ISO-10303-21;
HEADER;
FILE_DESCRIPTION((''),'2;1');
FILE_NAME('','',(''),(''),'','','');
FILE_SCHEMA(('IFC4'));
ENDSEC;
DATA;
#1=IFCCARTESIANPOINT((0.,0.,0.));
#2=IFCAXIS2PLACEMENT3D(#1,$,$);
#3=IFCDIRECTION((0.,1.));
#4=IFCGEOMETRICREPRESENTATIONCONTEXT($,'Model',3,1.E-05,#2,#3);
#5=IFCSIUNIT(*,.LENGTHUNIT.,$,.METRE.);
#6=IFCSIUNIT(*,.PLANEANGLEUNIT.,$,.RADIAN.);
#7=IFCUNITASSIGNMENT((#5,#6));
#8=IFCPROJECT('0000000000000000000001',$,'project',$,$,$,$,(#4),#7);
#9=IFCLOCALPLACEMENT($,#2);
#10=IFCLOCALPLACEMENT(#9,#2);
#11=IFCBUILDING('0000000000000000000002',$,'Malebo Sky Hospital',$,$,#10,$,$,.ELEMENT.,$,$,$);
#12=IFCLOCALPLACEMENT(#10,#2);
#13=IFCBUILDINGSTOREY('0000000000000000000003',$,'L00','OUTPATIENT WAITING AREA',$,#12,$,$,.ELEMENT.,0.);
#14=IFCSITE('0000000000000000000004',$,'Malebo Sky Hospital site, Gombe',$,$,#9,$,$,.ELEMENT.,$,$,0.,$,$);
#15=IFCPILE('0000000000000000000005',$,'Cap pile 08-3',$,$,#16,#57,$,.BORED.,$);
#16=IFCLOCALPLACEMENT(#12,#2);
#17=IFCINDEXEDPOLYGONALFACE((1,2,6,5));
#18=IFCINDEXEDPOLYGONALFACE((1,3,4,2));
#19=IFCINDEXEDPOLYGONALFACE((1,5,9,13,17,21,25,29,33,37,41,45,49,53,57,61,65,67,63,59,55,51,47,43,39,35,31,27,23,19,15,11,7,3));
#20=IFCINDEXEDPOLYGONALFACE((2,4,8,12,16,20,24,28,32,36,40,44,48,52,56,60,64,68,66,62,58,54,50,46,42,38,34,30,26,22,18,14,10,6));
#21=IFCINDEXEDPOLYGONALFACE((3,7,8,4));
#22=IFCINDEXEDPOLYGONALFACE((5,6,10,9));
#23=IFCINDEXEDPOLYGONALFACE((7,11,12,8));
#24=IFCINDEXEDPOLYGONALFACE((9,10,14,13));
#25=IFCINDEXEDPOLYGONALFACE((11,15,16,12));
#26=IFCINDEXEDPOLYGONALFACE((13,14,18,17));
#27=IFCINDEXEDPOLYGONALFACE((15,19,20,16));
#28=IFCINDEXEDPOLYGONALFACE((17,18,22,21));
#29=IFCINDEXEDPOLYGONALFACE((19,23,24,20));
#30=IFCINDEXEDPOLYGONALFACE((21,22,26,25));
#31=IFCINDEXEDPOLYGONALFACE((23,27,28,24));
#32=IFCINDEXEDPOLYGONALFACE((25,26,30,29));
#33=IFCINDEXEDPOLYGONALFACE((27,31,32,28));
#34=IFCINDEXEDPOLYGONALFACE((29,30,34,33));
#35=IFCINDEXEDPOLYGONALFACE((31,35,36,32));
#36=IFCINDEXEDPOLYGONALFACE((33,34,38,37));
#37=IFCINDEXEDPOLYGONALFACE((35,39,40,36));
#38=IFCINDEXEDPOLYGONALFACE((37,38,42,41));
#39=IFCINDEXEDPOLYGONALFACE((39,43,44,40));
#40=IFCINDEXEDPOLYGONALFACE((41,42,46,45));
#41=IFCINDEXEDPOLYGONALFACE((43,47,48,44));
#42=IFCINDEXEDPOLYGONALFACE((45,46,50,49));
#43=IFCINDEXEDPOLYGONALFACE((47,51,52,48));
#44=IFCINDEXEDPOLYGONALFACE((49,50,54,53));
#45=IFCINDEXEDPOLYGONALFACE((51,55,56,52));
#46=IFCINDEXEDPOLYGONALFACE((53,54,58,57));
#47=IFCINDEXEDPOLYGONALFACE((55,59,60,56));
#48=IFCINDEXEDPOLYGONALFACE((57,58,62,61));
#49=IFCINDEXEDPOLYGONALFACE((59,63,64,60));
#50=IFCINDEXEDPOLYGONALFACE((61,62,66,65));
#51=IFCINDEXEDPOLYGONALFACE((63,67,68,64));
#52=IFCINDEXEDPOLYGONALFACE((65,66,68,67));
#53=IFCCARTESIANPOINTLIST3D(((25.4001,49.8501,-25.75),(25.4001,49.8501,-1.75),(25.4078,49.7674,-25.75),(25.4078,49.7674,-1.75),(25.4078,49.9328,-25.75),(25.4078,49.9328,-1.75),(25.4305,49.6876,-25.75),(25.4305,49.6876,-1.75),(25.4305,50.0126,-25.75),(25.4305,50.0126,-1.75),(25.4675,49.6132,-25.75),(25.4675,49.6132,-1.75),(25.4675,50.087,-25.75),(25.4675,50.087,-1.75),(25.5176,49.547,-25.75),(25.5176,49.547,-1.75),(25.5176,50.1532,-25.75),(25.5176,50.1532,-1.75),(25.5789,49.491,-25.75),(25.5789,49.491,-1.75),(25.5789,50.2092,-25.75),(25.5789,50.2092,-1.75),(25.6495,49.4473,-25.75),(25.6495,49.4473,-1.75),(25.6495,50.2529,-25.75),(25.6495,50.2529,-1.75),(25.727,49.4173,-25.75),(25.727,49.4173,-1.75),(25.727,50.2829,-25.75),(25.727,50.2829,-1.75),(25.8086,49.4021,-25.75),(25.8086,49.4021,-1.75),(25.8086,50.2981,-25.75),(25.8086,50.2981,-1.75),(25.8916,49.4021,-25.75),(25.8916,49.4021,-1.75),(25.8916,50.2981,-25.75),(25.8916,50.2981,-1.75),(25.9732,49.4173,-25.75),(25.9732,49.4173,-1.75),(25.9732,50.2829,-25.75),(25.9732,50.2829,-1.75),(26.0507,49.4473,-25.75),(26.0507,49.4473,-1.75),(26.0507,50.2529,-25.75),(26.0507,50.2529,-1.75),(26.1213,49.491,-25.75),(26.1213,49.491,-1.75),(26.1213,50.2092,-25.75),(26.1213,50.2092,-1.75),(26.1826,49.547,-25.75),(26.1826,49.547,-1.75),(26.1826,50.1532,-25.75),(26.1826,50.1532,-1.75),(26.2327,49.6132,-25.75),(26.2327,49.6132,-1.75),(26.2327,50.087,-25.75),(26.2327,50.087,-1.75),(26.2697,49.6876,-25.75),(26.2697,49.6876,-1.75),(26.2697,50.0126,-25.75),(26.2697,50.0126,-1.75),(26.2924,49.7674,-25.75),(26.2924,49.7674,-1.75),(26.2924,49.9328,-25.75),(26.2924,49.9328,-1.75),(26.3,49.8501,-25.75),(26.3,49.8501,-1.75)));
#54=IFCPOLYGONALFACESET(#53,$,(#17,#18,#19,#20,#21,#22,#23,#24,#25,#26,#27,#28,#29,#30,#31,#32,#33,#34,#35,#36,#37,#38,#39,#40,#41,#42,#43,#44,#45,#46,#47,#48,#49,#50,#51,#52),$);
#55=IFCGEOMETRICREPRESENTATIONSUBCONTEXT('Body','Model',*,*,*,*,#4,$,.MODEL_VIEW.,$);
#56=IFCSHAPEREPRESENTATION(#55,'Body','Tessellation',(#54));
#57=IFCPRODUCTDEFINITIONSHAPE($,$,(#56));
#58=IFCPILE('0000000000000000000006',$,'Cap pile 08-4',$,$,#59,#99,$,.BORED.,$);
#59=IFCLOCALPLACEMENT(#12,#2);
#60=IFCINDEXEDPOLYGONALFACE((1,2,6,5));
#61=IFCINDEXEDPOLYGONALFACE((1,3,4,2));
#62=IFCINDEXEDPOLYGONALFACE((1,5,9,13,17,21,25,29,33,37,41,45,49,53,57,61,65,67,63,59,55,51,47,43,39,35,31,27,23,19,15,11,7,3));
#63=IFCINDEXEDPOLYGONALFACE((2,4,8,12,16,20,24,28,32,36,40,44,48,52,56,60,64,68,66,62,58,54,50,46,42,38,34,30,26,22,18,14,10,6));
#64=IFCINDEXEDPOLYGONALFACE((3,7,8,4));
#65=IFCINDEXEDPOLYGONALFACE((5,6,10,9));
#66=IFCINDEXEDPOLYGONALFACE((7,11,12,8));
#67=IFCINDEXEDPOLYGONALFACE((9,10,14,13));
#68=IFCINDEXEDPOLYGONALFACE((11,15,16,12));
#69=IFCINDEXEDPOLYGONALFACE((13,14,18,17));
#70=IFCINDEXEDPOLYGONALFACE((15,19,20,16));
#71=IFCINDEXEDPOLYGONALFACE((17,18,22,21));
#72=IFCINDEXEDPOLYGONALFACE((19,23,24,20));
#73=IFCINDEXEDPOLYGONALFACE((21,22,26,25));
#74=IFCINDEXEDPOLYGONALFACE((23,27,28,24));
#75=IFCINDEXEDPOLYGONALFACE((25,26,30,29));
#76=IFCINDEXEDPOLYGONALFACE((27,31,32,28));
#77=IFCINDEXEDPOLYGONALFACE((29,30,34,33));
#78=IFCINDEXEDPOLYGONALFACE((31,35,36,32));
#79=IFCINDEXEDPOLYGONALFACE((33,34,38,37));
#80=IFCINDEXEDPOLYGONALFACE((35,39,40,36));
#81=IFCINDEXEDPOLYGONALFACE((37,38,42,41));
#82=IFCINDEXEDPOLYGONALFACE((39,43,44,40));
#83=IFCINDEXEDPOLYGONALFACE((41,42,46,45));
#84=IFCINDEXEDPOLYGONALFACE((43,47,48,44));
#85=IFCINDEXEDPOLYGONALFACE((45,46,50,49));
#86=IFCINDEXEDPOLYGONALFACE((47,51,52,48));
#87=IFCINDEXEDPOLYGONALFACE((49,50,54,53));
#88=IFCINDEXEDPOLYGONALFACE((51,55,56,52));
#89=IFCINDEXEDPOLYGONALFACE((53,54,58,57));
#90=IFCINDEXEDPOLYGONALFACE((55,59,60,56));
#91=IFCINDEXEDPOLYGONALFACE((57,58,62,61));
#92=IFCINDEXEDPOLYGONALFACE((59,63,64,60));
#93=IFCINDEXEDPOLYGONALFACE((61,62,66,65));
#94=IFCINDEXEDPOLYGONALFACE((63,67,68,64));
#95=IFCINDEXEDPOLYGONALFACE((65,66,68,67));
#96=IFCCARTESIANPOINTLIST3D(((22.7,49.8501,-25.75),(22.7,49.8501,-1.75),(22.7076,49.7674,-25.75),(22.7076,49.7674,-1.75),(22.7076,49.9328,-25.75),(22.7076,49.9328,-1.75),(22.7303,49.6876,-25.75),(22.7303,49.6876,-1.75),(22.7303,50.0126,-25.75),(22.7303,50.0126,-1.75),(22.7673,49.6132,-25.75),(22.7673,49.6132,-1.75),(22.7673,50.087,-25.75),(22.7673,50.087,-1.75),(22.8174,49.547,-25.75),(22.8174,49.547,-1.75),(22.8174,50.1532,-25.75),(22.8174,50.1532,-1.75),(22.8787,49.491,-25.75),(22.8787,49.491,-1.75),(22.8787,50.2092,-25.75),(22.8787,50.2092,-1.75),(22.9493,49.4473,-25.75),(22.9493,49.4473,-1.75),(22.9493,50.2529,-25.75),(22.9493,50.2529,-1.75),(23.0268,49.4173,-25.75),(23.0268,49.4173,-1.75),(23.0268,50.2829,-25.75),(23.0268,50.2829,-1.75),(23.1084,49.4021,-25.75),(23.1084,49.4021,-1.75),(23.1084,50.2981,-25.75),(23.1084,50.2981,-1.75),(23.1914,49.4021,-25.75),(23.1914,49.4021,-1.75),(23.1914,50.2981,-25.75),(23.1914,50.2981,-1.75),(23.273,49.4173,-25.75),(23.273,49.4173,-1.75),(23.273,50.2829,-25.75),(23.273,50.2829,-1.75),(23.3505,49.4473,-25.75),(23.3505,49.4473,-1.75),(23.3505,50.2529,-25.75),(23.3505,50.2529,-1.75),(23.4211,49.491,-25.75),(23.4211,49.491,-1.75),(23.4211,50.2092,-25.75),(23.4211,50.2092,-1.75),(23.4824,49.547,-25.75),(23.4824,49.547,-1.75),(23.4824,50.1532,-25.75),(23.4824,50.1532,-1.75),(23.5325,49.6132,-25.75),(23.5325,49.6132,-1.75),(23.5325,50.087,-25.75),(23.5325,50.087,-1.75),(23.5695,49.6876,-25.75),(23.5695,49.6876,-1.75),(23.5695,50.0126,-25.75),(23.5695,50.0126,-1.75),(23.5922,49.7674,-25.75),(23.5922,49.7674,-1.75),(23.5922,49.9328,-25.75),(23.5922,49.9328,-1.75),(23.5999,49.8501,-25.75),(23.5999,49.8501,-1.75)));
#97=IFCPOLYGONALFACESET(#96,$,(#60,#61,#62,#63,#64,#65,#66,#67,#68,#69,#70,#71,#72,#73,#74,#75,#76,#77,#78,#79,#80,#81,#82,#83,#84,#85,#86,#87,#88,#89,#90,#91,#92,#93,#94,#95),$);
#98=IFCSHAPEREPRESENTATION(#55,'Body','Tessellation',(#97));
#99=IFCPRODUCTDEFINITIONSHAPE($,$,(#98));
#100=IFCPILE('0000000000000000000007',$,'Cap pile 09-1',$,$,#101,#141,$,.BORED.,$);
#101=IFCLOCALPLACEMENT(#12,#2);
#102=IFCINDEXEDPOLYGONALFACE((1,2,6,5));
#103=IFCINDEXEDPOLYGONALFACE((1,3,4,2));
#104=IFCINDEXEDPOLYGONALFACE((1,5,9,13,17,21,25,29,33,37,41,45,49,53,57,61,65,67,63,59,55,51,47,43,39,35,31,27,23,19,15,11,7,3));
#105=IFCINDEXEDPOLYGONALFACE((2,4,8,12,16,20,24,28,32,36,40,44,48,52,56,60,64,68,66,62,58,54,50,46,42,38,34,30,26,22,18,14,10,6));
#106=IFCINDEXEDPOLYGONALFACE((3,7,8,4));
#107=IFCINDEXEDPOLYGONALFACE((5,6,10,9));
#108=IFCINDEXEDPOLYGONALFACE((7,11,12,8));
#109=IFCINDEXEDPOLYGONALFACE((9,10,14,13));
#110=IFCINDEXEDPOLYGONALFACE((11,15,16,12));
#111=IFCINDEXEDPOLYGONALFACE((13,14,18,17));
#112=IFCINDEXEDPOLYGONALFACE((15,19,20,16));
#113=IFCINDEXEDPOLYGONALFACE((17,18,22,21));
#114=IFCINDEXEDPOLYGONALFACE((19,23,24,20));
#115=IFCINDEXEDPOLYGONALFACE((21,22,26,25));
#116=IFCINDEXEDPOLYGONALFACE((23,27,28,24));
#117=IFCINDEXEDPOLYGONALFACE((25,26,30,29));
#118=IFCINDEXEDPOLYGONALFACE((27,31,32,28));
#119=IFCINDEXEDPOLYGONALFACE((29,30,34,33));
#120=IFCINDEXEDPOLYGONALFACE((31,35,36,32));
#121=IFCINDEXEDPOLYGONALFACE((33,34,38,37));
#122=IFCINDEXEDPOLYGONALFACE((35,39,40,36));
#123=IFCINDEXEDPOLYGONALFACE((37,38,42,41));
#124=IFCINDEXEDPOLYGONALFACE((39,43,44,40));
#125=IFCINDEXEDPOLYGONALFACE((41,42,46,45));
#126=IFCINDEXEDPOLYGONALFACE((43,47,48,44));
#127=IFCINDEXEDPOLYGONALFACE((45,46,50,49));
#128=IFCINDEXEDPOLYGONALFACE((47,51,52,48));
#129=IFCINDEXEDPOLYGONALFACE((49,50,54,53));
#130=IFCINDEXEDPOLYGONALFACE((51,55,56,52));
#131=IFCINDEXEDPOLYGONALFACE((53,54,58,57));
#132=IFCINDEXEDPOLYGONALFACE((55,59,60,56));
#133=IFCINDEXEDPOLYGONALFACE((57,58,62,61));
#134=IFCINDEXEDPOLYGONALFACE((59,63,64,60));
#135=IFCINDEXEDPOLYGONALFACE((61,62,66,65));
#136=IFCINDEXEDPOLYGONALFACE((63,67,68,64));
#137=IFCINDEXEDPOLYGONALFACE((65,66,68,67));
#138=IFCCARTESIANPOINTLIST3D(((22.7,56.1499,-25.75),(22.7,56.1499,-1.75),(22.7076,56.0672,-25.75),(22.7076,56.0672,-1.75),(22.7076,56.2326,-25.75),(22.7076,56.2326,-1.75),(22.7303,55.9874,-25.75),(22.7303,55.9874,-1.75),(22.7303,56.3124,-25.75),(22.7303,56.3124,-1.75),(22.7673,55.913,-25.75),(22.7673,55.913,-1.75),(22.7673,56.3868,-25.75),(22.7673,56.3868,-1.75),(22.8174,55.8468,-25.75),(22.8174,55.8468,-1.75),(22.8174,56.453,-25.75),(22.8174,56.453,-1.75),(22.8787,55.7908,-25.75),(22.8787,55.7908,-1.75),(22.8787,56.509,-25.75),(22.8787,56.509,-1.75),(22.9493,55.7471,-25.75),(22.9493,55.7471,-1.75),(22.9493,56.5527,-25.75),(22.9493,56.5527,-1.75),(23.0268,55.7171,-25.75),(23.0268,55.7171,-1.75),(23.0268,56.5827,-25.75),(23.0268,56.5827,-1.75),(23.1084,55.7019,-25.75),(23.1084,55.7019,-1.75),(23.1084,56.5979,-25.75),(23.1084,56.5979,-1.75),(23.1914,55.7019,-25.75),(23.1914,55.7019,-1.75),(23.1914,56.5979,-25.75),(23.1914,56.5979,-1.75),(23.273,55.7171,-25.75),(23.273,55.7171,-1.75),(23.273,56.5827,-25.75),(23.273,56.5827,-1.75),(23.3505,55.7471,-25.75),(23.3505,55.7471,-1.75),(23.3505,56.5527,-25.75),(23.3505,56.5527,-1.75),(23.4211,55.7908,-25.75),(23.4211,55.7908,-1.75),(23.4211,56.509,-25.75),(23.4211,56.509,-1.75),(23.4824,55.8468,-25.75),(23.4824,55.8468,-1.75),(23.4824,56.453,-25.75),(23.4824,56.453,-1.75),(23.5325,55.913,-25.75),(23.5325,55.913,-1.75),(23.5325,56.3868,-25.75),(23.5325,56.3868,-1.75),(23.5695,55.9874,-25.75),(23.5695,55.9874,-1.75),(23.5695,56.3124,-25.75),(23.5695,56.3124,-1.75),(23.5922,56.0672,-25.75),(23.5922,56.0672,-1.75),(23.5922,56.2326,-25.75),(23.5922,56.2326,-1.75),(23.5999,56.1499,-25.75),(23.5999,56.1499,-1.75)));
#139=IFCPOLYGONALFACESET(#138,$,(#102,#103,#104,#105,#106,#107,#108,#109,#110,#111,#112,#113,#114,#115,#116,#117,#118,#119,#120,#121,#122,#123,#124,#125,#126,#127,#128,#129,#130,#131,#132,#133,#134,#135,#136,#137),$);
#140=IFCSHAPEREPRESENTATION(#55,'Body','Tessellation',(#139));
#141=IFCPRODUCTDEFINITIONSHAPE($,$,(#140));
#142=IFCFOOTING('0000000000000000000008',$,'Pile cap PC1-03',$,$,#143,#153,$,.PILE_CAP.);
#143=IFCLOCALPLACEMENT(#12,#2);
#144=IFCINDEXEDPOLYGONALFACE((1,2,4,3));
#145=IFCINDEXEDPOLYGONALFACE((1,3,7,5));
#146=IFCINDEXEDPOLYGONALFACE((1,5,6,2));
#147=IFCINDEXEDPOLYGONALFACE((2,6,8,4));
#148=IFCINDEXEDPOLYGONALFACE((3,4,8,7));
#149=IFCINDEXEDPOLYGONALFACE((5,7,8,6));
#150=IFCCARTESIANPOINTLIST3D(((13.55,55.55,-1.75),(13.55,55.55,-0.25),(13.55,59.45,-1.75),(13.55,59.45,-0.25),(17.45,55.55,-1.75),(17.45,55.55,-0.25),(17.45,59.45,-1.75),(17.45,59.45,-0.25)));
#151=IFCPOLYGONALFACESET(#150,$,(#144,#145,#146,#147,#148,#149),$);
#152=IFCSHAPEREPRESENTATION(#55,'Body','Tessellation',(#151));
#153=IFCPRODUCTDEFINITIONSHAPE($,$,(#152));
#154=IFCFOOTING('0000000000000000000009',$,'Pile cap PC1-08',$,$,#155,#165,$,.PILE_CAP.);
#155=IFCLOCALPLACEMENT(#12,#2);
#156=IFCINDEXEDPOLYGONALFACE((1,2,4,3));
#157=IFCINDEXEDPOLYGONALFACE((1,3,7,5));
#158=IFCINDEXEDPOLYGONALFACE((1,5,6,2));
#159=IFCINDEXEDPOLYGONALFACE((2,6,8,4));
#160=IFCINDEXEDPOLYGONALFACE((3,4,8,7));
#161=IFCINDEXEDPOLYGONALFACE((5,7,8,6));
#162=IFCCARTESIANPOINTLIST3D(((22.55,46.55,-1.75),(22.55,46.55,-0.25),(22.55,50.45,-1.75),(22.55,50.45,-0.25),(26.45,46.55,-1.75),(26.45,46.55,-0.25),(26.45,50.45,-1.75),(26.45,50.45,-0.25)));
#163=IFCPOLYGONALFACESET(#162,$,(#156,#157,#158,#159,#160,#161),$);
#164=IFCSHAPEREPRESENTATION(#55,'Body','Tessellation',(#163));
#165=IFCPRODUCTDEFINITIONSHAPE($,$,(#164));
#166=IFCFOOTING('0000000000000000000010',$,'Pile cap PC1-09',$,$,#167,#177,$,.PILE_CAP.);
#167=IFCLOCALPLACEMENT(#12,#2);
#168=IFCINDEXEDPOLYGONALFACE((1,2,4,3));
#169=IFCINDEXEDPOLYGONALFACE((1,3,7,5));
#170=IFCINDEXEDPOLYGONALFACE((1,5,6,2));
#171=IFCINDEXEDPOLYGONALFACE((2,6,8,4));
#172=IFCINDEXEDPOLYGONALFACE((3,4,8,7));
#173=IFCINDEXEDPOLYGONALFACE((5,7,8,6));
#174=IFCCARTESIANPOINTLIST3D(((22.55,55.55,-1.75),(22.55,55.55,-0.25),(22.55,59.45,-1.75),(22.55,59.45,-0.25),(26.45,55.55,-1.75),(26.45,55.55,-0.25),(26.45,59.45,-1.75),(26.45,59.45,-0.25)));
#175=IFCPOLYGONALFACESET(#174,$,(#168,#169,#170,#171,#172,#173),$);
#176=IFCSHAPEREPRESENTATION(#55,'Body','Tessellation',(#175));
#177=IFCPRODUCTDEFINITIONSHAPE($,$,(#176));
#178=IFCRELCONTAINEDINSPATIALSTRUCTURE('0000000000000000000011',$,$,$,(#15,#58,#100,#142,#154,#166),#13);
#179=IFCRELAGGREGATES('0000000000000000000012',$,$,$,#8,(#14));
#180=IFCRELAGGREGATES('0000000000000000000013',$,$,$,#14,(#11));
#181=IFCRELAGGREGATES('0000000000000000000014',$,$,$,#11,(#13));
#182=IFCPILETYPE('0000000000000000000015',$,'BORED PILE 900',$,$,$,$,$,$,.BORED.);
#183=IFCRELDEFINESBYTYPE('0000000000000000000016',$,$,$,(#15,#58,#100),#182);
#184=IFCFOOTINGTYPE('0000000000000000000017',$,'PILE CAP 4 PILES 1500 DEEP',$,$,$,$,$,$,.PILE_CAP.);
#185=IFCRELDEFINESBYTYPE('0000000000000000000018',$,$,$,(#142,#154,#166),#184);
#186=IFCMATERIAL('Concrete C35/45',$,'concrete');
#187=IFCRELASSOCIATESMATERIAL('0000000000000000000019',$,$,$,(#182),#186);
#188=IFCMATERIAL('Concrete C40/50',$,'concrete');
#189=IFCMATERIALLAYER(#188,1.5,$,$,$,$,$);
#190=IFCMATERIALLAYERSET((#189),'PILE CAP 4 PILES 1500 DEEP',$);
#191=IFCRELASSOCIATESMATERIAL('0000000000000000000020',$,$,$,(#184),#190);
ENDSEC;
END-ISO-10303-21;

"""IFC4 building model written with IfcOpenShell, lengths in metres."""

from ifc_helpers import new_model, si_unit, direction, frame, origin, origin_2d, place, context, subcontext, project, spatial, rectangle, circle, extrude, material, layer, layer_set, material_profile, profile_set, type_object, element, save


model = new_model("IFC4")

# Units and contexts
model_context = context("Model", 3, precision=1e-05, world=origin(), true_north=direction((0.0, 1.0)))
body_context = subcontext(model_context, "Body", "Model", "MODEL_VIEW")
ifc_project = project(units=[si_unit("LENGTHUNIT", "METRE"), si_unit("PLANEANGLEUNIT", "RADIAN")], contexts=[model_context])

# Site, building, storey
site_placement = place(None, origin())
site = spatial("IfcSite", under=ifc_project, at=site_placement, Name="Malebo Sky Hospital site, Gombe", CompositionType="ELEMENT", RefElevation=0.0)
building_placement = place(site_placement, origin())
building = spatial("IfcBuilding", under=site, at=building_placement, Name="Malebo Sky Hospital", CompositionType="ELEMENT")
storey_placement = place(building_placement, origin())
storey = spatial("IfcBuildingStorey", under=building, at=storey_placement, Name="L00", Description="OUTPATIENT WAITING AREA", CompositionType="ELEMENT", Elevation=0.0)

# Piles
ifc_material_1 = material(Name="Concrete C35/45", Category="concrete")
ifc_material_profile_1 = material_profile(ifc_material_1, circle(Radius=0.45, at=origin_2d()), Name="BP 900")
ifc_profile_set_1 = profile_set([ifc_material_profile_1], Name="Concrete C35/45")
pile_type = type_object("IfcPileType", Name="BORED PILE 900", PredefinedType="BORED", material=ifc_profile_set_1)
for number, where, z_axis, x_axis, name in (
    (1, (25.8501, 49.8501, -1.75), (0.0, 0.0, -1.0), (1.0, 0.0, 0.0), "Cap pile 08-3"),
    (2, (23.1499, 49.8501, -1.75), (0.0, 0.0, -1.0), (1.0, 0.0, 0.0), "Cap pile 08-4"),
    (3, (23.1499, 56.1499, -1.75), (0.0, 0.0, -1.0), (1.0, 0.0, 0.0), "Cap pile 09-1"),
):
    element("IfcPile", number, at=place(storey_placement, frame(where, z_axis=z_axis, x_axis=x_axis)), inside=storey, type_object=pile_type, Name=name, PredefinedType="BORED", context=body_context, shape_type="SweptSolid", body=[
        extrude(circle(Radius=0.45, at=origin_2d()), origin(), (0.0, 0.0, 1.0), 24.0),
    ])

# Footings
ifc_material_2 = material(Name="Concrete C40/50", Category="concrete")
ifc_layer_1 = layer(ifc_material_2, 1.5)
ifc_layer_set_1 = layer_set([ifc_layer_1], Name="PILE CAP 4 PILES 1500 DEEP")
footing_type = type_object("IfcFootingType", Name="PILE CAP 4 PILES 1500 DEEP", PredefinedType="PILE_CAP", material=ifc_layer_set_1)
for number, where, z_axis, x_axis, name in (
    (4, (15.5, 57.5, -1.75), (0.0, 0.0, 1.0), (1.0, 0.0, 0.0), "Pile cap PC1-03"),
    (5, (24.5, 48.5, -1.75), (0.0, 0.0, 1.0), (1.0, 0.0, 0.0), "Pile cap PC1-08"),
    (6, (24.5, 57.5, -1.75), (0.0, 0.0, 1.0), (1.0, 0.0, 0.0), "Pile cap PC1-09"),
):
    element("IfcFooting", number, at=place(storey_placement, frame(where, z_axis=z_axis, x_axis=x_axis)), inside=storey, type_object=footing_type, Name=name, PredefinedType="PILE_CAP", context=body_context, shape_type="SweptSolid", body=[
        extrude(rectangle(XDim=3.8999, YDim=3.8999, at=origin_2d()), origin(), (0.0, 0.0, 1.0), 1.5),
    ])

save(model, "model.ifc")
